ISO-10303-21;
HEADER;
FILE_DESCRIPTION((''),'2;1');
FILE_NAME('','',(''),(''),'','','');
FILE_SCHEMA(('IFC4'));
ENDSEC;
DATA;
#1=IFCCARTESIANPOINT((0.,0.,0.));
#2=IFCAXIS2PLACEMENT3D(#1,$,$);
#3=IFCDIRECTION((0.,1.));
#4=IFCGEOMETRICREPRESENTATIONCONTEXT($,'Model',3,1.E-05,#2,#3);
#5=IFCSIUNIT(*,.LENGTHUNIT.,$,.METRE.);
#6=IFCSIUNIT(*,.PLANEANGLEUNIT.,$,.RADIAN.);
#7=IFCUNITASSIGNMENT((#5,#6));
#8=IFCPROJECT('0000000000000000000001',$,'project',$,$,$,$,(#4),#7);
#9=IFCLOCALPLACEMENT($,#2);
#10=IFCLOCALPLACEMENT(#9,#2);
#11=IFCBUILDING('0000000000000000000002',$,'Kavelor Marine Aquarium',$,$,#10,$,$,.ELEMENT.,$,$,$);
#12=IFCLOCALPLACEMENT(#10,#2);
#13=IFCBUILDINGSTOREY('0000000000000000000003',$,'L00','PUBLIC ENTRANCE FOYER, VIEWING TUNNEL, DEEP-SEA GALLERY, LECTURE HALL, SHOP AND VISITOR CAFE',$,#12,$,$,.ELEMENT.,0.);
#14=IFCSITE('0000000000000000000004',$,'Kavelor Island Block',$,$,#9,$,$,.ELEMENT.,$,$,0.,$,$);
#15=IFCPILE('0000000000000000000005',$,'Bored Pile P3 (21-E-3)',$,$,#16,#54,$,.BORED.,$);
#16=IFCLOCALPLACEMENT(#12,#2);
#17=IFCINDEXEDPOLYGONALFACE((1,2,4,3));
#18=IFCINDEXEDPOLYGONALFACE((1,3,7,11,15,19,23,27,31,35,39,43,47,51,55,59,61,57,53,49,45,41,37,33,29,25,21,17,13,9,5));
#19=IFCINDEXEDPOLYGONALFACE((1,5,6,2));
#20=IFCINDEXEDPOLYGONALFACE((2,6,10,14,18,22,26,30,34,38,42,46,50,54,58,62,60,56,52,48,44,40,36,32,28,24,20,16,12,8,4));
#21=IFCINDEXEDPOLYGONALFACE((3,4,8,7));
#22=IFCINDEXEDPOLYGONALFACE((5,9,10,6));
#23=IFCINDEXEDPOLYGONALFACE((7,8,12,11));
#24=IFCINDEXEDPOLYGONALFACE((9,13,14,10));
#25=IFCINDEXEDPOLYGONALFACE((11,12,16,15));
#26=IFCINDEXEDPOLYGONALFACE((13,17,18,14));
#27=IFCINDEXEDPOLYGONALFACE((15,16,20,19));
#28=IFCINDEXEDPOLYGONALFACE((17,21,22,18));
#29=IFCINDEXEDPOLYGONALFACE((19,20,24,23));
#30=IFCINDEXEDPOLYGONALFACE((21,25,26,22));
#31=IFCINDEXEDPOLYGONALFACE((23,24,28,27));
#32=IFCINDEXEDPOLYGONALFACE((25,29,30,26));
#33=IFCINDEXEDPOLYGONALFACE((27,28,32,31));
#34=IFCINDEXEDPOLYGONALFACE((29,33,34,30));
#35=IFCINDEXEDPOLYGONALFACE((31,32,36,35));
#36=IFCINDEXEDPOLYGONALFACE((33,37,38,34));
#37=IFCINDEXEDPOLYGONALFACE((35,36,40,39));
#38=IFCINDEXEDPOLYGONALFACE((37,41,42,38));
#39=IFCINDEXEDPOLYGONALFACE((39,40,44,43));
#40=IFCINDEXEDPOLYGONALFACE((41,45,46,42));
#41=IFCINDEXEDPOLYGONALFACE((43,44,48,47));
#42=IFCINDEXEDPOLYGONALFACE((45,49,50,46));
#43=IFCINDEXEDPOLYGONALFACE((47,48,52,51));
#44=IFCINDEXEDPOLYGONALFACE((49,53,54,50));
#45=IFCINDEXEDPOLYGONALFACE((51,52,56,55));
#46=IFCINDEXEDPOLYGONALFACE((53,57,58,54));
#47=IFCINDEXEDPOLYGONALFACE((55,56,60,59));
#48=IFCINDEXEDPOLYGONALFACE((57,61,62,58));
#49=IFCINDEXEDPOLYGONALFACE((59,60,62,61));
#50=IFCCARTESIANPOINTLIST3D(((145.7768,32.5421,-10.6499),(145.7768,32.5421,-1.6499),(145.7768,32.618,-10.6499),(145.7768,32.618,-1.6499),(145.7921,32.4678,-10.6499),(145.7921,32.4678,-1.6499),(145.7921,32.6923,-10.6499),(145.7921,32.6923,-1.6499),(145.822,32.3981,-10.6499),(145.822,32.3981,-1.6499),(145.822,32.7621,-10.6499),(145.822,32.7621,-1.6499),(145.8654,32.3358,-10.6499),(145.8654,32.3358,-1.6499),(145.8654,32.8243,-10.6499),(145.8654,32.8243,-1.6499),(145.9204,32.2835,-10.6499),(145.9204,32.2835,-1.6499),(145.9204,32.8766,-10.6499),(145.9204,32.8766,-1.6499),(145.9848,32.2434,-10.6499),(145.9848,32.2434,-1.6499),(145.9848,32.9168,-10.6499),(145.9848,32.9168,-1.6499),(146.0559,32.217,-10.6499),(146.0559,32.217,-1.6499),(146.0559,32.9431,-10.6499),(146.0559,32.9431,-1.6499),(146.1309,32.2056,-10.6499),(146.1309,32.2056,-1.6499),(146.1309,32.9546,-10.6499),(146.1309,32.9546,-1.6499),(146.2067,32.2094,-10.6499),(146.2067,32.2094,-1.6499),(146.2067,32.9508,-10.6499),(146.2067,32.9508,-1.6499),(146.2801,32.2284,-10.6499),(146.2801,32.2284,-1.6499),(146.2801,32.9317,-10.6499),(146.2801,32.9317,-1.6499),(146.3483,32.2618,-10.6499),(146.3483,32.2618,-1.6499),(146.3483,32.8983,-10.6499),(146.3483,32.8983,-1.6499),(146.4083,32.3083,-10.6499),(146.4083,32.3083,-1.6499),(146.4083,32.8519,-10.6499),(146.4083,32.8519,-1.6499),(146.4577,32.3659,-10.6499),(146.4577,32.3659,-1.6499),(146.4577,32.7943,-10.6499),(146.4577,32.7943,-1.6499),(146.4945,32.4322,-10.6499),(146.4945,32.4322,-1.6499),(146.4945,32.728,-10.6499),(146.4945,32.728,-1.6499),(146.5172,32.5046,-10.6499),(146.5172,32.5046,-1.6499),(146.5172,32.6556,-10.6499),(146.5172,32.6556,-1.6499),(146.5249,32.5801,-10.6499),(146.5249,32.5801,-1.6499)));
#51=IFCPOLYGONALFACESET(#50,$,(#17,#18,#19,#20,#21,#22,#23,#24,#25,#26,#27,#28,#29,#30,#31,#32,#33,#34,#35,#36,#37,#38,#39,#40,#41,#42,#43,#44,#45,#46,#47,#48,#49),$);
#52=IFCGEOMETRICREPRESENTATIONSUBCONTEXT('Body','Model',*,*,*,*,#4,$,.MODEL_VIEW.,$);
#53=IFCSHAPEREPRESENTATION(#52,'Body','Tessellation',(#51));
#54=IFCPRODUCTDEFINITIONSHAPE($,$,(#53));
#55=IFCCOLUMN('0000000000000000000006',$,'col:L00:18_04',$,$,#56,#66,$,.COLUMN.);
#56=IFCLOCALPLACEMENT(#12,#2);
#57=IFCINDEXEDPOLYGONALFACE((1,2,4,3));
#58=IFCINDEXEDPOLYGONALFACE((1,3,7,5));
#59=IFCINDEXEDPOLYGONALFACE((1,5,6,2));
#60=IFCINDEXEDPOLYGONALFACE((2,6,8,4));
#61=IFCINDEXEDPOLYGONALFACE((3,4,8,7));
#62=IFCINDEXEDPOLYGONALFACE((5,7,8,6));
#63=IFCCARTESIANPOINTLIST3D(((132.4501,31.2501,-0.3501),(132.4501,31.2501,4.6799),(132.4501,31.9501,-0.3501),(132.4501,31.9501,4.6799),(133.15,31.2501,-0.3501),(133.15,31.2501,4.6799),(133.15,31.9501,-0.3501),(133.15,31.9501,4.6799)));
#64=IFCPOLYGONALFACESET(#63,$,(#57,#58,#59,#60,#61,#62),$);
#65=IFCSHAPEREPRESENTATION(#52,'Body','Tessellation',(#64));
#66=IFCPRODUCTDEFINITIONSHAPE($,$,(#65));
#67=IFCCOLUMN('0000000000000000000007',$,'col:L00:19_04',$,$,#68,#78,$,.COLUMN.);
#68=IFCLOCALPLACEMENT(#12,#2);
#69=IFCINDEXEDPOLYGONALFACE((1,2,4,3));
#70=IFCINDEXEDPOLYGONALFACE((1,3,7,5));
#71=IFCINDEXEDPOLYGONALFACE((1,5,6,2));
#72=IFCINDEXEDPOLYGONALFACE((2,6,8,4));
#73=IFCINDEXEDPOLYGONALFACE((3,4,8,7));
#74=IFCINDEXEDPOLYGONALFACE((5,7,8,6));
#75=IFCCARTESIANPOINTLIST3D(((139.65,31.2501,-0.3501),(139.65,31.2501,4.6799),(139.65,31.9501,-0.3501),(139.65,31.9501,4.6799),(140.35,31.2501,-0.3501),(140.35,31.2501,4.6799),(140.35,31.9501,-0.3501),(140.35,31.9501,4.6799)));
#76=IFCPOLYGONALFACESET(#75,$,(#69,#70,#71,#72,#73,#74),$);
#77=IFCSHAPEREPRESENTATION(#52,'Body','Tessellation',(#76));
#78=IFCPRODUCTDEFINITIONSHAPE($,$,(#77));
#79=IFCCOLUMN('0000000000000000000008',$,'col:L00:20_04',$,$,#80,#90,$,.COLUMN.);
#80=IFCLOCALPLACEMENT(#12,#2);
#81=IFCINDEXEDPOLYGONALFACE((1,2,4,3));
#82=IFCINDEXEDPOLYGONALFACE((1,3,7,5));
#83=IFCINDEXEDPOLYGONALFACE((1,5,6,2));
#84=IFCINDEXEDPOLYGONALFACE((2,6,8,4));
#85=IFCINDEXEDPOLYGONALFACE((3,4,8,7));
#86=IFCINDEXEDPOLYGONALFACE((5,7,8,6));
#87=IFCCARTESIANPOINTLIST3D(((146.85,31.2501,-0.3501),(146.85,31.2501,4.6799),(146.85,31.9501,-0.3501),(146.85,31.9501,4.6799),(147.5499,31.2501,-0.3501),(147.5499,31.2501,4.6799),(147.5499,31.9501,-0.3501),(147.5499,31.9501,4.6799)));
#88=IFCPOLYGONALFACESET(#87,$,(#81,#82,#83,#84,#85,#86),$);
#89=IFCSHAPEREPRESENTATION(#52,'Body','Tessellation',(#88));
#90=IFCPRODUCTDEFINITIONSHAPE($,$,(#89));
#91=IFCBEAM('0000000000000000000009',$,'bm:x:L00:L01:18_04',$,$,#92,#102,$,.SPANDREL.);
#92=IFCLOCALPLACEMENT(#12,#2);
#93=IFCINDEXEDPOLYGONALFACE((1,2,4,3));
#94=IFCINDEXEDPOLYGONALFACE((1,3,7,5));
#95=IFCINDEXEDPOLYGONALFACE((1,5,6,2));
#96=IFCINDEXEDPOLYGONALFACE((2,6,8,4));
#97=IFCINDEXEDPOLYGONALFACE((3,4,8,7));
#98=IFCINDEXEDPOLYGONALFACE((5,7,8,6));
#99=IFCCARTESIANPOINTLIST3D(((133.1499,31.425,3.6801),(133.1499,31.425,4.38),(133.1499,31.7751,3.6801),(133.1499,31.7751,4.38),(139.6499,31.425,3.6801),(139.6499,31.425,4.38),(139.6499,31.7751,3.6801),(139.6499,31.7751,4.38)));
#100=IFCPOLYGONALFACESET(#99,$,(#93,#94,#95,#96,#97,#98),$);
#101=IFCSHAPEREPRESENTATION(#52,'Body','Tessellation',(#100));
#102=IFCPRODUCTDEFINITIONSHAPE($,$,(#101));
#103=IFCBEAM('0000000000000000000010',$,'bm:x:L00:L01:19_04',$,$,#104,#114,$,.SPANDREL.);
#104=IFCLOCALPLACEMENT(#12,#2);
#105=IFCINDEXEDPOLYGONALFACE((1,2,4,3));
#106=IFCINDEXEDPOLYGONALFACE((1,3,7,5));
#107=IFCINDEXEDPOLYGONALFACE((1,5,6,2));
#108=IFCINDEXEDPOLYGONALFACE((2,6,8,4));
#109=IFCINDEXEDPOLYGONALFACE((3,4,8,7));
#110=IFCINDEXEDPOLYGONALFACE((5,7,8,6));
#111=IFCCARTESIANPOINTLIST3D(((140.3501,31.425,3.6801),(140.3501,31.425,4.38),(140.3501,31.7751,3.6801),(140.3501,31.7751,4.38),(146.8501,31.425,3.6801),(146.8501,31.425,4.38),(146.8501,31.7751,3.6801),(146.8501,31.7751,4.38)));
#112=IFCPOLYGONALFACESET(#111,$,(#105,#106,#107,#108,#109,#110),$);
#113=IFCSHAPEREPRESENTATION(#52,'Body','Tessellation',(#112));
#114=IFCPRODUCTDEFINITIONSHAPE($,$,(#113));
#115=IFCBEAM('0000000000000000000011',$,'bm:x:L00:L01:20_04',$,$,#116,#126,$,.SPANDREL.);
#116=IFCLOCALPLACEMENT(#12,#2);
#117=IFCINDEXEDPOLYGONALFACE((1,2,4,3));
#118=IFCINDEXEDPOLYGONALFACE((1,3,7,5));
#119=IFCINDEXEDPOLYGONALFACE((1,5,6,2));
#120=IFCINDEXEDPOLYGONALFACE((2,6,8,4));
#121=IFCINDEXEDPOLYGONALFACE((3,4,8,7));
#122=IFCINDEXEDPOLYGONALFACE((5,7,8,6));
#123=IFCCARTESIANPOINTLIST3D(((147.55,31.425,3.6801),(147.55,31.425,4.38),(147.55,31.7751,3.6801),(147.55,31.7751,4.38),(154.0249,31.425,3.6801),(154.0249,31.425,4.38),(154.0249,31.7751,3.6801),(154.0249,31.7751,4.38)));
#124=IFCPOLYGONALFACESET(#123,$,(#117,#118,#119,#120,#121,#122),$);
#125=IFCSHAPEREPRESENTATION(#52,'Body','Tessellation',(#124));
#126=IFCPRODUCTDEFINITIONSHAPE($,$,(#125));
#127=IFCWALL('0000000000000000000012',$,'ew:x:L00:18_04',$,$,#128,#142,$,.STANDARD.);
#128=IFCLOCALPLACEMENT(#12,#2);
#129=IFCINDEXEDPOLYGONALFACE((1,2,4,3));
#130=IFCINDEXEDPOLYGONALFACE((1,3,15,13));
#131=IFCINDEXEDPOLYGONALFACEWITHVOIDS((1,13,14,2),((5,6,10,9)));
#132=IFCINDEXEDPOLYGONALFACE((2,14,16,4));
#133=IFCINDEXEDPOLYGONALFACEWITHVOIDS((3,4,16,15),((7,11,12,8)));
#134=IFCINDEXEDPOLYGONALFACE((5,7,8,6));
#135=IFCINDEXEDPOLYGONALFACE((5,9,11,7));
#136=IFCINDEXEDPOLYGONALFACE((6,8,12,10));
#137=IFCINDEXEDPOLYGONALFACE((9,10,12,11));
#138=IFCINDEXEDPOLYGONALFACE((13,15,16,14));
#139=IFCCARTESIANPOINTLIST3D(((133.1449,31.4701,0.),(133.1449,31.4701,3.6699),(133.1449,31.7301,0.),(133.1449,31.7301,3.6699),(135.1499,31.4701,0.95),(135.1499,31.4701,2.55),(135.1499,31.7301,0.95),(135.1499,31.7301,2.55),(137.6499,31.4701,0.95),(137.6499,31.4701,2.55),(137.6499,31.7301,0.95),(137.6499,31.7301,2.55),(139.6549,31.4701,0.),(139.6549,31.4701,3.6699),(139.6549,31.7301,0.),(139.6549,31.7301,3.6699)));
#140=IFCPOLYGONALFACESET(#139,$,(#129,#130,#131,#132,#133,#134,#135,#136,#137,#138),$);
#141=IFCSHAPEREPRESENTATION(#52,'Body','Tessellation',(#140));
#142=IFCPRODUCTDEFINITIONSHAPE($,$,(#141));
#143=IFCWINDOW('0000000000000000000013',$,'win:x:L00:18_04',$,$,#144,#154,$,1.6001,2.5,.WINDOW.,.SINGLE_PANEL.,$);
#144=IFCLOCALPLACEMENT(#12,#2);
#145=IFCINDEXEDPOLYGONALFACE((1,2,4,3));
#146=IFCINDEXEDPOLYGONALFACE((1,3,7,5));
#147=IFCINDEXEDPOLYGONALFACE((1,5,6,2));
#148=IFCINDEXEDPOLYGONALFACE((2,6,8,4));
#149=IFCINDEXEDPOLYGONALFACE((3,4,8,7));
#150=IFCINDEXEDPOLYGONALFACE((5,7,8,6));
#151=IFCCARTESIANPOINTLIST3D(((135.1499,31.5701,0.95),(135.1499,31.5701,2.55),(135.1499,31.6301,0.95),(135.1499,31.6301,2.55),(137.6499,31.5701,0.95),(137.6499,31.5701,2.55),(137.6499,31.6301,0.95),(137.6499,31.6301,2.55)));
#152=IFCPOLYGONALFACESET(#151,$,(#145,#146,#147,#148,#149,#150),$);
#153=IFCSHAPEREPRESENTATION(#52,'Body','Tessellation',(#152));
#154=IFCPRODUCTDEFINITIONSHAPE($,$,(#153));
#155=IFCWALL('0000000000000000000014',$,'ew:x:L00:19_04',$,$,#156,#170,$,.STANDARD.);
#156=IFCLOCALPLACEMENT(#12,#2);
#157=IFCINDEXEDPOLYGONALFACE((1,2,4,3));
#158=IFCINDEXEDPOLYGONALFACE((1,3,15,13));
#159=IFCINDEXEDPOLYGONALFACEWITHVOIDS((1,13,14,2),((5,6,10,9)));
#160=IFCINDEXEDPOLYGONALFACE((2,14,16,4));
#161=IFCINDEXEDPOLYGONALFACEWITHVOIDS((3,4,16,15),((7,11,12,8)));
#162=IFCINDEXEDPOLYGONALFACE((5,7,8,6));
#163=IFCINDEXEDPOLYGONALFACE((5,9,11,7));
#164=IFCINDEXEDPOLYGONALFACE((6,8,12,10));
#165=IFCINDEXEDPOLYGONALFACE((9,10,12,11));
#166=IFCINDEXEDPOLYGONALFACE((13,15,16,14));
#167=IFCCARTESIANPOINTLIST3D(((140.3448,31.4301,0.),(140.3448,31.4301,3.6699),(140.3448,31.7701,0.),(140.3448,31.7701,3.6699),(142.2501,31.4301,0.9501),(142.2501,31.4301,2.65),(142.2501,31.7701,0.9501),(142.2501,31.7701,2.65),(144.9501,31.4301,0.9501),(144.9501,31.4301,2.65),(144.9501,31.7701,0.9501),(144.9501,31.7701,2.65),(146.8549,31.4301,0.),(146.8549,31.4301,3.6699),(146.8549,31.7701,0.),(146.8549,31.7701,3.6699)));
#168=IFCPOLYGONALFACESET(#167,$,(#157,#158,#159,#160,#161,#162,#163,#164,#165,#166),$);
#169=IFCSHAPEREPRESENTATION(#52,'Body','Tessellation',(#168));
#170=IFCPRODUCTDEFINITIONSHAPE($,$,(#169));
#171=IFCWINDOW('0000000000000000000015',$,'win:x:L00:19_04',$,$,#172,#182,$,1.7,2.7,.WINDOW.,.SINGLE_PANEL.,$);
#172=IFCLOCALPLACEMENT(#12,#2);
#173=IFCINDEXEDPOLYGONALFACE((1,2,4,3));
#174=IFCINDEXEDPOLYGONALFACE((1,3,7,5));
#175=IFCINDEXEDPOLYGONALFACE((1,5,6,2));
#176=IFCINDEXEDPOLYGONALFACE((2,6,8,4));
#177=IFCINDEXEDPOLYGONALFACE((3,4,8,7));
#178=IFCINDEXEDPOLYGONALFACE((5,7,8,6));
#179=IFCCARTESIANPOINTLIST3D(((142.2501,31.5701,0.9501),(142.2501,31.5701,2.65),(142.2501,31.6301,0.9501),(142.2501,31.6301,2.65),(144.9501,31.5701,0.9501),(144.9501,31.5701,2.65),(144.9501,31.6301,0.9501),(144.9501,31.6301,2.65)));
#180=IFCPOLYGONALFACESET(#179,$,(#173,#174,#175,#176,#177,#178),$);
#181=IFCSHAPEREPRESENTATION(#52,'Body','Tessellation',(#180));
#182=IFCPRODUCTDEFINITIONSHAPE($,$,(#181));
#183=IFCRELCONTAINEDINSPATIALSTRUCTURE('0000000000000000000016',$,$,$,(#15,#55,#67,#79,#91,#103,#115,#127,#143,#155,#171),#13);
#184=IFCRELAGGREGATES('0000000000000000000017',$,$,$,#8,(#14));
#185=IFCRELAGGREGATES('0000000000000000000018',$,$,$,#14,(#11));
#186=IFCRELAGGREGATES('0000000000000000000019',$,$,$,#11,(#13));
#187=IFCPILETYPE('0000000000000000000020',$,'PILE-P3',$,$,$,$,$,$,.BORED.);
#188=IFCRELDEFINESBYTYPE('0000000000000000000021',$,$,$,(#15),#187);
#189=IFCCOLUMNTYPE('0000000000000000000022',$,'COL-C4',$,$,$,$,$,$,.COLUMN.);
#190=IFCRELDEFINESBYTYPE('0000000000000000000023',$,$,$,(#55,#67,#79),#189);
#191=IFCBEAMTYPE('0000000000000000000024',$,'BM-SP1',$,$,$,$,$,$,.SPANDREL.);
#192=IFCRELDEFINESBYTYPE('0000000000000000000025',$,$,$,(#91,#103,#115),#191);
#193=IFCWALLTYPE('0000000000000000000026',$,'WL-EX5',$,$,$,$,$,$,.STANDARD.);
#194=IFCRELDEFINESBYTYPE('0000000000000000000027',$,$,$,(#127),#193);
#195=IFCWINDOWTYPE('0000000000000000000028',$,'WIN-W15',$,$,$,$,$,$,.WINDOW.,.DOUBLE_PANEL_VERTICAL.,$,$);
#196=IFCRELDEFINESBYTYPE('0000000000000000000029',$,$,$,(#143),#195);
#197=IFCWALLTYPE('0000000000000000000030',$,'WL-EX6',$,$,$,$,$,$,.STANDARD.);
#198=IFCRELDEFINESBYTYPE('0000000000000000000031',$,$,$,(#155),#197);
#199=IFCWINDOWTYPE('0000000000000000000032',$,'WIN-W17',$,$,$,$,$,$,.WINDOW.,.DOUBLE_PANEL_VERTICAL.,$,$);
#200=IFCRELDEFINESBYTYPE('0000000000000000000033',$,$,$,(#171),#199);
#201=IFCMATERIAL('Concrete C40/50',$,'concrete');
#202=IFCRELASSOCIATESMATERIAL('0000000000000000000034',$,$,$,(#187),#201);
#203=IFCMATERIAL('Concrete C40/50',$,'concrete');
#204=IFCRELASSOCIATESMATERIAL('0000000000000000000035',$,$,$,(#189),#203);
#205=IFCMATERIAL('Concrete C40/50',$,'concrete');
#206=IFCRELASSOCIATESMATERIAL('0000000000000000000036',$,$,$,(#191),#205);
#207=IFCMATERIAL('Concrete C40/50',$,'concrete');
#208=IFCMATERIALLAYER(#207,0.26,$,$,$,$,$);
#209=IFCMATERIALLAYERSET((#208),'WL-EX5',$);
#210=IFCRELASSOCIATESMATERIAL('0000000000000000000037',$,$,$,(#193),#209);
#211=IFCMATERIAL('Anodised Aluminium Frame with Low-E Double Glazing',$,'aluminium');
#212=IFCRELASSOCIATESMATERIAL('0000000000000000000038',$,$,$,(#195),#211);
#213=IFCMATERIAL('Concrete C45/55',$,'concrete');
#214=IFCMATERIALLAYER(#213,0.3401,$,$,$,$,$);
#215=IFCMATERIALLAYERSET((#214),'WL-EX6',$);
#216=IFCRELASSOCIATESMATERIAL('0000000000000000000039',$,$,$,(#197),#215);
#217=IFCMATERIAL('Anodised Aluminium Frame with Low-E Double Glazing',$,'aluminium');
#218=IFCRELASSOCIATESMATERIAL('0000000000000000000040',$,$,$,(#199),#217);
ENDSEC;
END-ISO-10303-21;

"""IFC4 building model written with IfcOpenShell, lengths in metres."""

from ifc_helpers import new_model, si_unit, direction, frame, frame_2d, origin, origin_2d, place, context, subcontext, project, spatial, rectangle, circle, extrude, material, layer, layer_set, material_profile, profile_set, type_object, element, fill, save


model = new_model("IFC4")

# Units and contexts
model_context = context("Model", 3, precision=1e-05, world=origin(), true_north=direction((0.0, 1.0)))
body_context = subcontext(model_context, "Body", "Model", "MODEL_VIEW")
ifc_project = project(units=[si_unit("LENGTHUNIT", "METRE"), si_unit("PLANEANGLEUNIT", "RADIAN")], contexts=[model_context])

# Site, building, storey
site_placement = place(None, origin())
site = spatial("IfcSite", under=ifc_project, at=site_placement, Name="Kavelor Island Block", CompositionType="ELEMENT", RefElevation=0.0)
building_placement = place(site_placement, origin())
building = spatial("IfcBuilding", under=site, at=building_placement, Name="Kavelor Marine Aquarium", CompositionType="ELEMENT")
storey_placement = place(building_placement, origin())
storey = spatial("IfcBuildingStorey", under=building, at=storey_placement, Name="L00", Description="PUBLIC ENTRANCE FOYER, VIEWING TUNNEL, DEEP-SEA GALLERY, LECTURE HALL, SHOP AND VISITOR CAFE", CompositionType="ELEMENT", Elevation=0.0)

# Pile
ifc_material_1 = material(Name="Concrete C40/50", Category="concrete")
ifc_material_profile_1 = material_profile(ifc_material_1, circle(Radius=0.375, at=origin_2d()), Name="PILE D750")
ifc_profile_set_1 = profile_set([ifc_material_profile_1], Name="Concrete C40/50")
pile_type = type_object("IfcPileType", Name="PILE-P3", PredefinedType="BORED", material=ifc_profile_set_1)
for number, where, z_axis, x_axis, name in (
    (1, (146.1499, 32.5801, -1.6499), (0.0, 0.0, -1.0), (1.0, 0.0, 0.0), "Bored Pile P3 (21-E-3)"),
):
    element("IfcPile", number, at=place(storey_placement, frame(where, z_axis=z_axis, x_axis=x_axis)), inside=storey, type_object=pile_type, Name=name, PredefinedType="BORED", context=body_context, shape_type="SweptSolid", body=[
        extrude(circle(Radius=0.375, at=origin_2d()), origin(), (0.0, 0.0, 1.0), 9.0),
    ])

# Columns
ifc_material_2 = material(Name="Concrete C40/50", Category="concrete")
ifc_material_profile_2 = material_profile(ifc_material_2, rectangle(XDim=0.7, YDim=0.7, at=origin_2d()), Name="RC-COL 700x700")
ifc_profile_set_2 = profile_set([ifc_material_profile_2], Name="Concrete C40/50")
column_type = type_object("IfcColumnType", Name="COL-C4", PredefinedType="COLUMN", material=ifc_profile_set_2)
for number, where, z_axis, x_axis, name in (
    (2, (132.8, 31.6001, -0.3501), (0.0, 0.0, 1.0), (1.0, 0.0, 0.0), "col:L00:18_04"),
    (3, (140.0, 31.6001, -0.3501), (0.0, 0.0, 1.0), (1.0, 0.0, 0.0), "col:L00:19_04"),
    (4, (147.2, 31.6001, -0.3501), (0.0, 0.0, 1.0), (1.0, 0.0, 0.0), "col:L00:20_04"),
):
    element("IfcColumn", number, at=place(storey_placement, frame(where, z_axis=z_axis, x_axis=x_axis)), inside=storey, type_object=column_type, Name=name, PredefinedType="COLUMN", context=body_context, shape_type="SweptSolid", body=[
        extrude(rectangle(XDim=0.7, YDim=0.7, at=origin_2d()), origin(), (0.0, 0.0, 1.0), 5.03),
    ])

# Beams
ifc_material_3 = material(Name="Concrete C40/50", Category="concrete")
ifc_material_profile_3 = material_profile(ifc_material_3, rectangle(XDim=0.3501, YDim=0.7, at=origin_2d()), Name="RC-SP 350x700")
ifc_profile_set_3 = profile_set([ifc_material_profile_3], Name="Concrete C40/50")
beam_type = type_object("IfcBeamType", Name="BM-SP1", PredefinedType="SPANDREL", material=ifc_profile_set_3)
for number, where, z_axis, x_axis, name in (
    (5, (133.1499, 31.6001, 4.03), (1.0, 0.0, 0.0), (0.0, 1.0, 0.0), "bm:x:L00:L01:18_04"),
    (6, (140.3501, 31.6001, 4.03), (1.0, 0.0, 0.0), (0.0, 1.0, 0.0), "bm:x:L00:L01:19_04"),
):
    element("IfcBeam", number, at=place(storey_placement, frame(where, z_axis=z_axis, x_axis=x_axis)), inside=storey, type_object=beam_type, Name=name, PredefinedType="SPANDREL", context=body_context, shape_type="SweptSolid", body=[
        extrude(rectangle(XDim=0.3501, YDim=0.7, at=origin_2d()), origin(), (0.0, 0.0, 1.0), 6.5),
    ])
beam_placement = place(storey_placement, frame((147.55, 31.6001, 4.03), z_axis=(1.0, 0.0, 0.0), x_axis=(0.0, 1.0, 0.0)))
element("IfcBeam", 7, at=beam_placement, inside=storey, type_object=beam_type, Name="bm:x:L00:L01:20_04", PredefinedType="SPANDREL", context=body_context, shape_type="SweptSolid", body=[
    extrude(rectangle(XDim=0.3501, YDim=0.7, at=origin_2d()), origin(), (0.0, 0.0, 1.0), 6.4749),
])

# Walls, openings, windows
ifc_material_4 = material(Name="Concrete C40/50", Category="concrete")
ifc_layer_1 = layer(ifc_material_4, 0.26)
ifc_layer_set_1 = layer_set([ifc_layer_1], Name="WL-EX5")
wall_type_1 = type_object("IfcWallType", Name="WL-EX5", PredefinedType="STANDARD", material=ifc_layer_set_1)
wall_1_placement = place(storey_placement, frame((133.145, 31.6001, 0.0), z_axis=(0.0, 0.0, 1.0), x_axis=(1.0, 0.0, 0.0)))
wall_1 = element("IfcWall", 8, at=wall_1_placement, inside=storey, type_object=wall_type_1, Name="ew:x:L00:18_04", PredefinedType="STANDARD", context=body_context, shape_type="SweptSolid", body=[
    extrude(rectangle(XDim=6.51, YDim=0.26, at=frame_2d((3.2549, 0.0))), origin(), (0.0, 0.0, 1.0), 3.6699),
])
opening_1_placement = place(wall_1_placement, frame((2.0049, 0.0, 0.95)))
opening_1 = element("IfcOpeningElement", 9, at=opening_1_placement, cuts=wall_1, PredefinedType="OPENING", context=body_context, shape_type="SweptSolid", body=[
    extrude(rectangle(XDim=2.5, YDim=1.6001, at=frame_2d((1.25, 0.8))), frame((0.0, 0.1399, 0.0), z_axis=(0.0, -1.0, 0.0), x_axis=(1.0, 0.0, 0.0)), (0.0, 0.0, 1.0), 0.28),
])
ifc_material_5 = material(Name="Anodised Aluminium Frame with Low-E Double Glazing", Category="aluminium")
window_type_1 = type_object("IfcWindowType", Name="WIN-W15", PartitioningType="DOUBLE_PANEL_VERTICAL", PredefinedType="WINDOW", material=ifc_material_5)
window_1_placement = place(opening_1_placement, origin())
window_1 = element("IfcWindow", 10, at=window_1_placement, inside=storey, type_object=window_type_1, Name="win:x:L00:18_04", OverallHeight=1.6001, OverallWidth=2.5, PartitioningType="SINGLE_PANEL", PredefinedType="WINDOW", context=body_context, shape_type="SweptSolid", body=[
    extrude(rectangle(XDim=2.5, YDim=1.6001, at=frame_2d((1.25, 0.8))), frame((0.0, 0.03, 0.0), z_axis=(0.0, -1.0, 0.0), x_axis=(1.0, 0.0, 0.0)), (0.0, 0.0, 1.0), 0.0601),
])
fill(opening_1, window_1)
ifc_material_6 = material(Name="Concrete C45/55", Category="concrete")
ifc_layer_2 = layer(ifc_material_6, 0.3401)
ifc_layer_set_2 = layer_set([ifc_layer_2], Name="WL-EX6")
wall_type_2 = type_object("IfcWallType", Name="WL-EX6", PredefinedType="STANDARD", material=ifc_layer_set_2)
wall_2_placement = place(storey_placement, frame((140.345, 31.6001, 0.0), z_axis=(0.0, 0.0, 1.0), x_axis=(1.0, 0.0, 0.0)))
wall_2 = element("IfcWall", 11, at=wall_2_placement, inside=storey, type_object=wall_type_2, Name="ew:x:L00:19_04", PredefinedType="STANDARD", context=body_context, shape_type="SweptSolid", body=[
    extrude(rectangle(XDim=6.51, YDim=0.3401, at=frame_2d((3.2549, 0.0))), origin(), (0.0, 0.0, 1.0), 3.6699),
])
opening_2_placement = place(wall_2_placement, frame((1.905, 0.0, 0.95)))
opening_2 = element("IfcOpeningElement", 12, at=opening_2_placement, cuts=wall_2, PredefinedType="OPENING", context=body_context, shape_type="SweptSolid", body=[
    extrude(rectangle(XDim=2.7, YDim=1.7, at=frame_2d((1.3501, 0.8501))), frame((0.0, 0.1799, 0.0), z_axis=(0.0, -1.0, 0.0), x_axis=(1.0, 0.0, 0.0)), (0.0, 0.0, 1.0), 0.3601),
])
ifc_material_7 = material(Name="Anodised Aluminium Frame with Low-E Double Glazing", Category="aluminium")
window_type_2 = type_object("IfcWindowType", Name="WIN-W17", PartitioningType="DOUBLE_PANEL_VERTICAL", PredefinedType="WINDOW", material=ifc_material_7)
window_2_placement = place(opening_2_placement, origin())
window_2 = element("IfcWindow", 13, at=window_2_placement, inside=storey, type_object=window_type_2, Name="win:x:L00:19_04", OverallHeight=1.7, OverallWidth=2.7, PartitioningType="SINGLE_PANEL", PredefinedType="WINDOW", context=body_context, shape_type="SweptSolid", body=[
    extrude(rectangle(XDim=2.7, YDim=1.7, at=frame_2d((1.3501, 0.8501))), frame((0.0, 0.03, 0.0), z_axis=(0.0, -1.0, 0.0), x_axis=(1.0, 0.0, 0.0)), (0.0, 0.0, 1.0), 0.0601),
])
fill(opening_2, window_2)

save(model, "model.ifc")
